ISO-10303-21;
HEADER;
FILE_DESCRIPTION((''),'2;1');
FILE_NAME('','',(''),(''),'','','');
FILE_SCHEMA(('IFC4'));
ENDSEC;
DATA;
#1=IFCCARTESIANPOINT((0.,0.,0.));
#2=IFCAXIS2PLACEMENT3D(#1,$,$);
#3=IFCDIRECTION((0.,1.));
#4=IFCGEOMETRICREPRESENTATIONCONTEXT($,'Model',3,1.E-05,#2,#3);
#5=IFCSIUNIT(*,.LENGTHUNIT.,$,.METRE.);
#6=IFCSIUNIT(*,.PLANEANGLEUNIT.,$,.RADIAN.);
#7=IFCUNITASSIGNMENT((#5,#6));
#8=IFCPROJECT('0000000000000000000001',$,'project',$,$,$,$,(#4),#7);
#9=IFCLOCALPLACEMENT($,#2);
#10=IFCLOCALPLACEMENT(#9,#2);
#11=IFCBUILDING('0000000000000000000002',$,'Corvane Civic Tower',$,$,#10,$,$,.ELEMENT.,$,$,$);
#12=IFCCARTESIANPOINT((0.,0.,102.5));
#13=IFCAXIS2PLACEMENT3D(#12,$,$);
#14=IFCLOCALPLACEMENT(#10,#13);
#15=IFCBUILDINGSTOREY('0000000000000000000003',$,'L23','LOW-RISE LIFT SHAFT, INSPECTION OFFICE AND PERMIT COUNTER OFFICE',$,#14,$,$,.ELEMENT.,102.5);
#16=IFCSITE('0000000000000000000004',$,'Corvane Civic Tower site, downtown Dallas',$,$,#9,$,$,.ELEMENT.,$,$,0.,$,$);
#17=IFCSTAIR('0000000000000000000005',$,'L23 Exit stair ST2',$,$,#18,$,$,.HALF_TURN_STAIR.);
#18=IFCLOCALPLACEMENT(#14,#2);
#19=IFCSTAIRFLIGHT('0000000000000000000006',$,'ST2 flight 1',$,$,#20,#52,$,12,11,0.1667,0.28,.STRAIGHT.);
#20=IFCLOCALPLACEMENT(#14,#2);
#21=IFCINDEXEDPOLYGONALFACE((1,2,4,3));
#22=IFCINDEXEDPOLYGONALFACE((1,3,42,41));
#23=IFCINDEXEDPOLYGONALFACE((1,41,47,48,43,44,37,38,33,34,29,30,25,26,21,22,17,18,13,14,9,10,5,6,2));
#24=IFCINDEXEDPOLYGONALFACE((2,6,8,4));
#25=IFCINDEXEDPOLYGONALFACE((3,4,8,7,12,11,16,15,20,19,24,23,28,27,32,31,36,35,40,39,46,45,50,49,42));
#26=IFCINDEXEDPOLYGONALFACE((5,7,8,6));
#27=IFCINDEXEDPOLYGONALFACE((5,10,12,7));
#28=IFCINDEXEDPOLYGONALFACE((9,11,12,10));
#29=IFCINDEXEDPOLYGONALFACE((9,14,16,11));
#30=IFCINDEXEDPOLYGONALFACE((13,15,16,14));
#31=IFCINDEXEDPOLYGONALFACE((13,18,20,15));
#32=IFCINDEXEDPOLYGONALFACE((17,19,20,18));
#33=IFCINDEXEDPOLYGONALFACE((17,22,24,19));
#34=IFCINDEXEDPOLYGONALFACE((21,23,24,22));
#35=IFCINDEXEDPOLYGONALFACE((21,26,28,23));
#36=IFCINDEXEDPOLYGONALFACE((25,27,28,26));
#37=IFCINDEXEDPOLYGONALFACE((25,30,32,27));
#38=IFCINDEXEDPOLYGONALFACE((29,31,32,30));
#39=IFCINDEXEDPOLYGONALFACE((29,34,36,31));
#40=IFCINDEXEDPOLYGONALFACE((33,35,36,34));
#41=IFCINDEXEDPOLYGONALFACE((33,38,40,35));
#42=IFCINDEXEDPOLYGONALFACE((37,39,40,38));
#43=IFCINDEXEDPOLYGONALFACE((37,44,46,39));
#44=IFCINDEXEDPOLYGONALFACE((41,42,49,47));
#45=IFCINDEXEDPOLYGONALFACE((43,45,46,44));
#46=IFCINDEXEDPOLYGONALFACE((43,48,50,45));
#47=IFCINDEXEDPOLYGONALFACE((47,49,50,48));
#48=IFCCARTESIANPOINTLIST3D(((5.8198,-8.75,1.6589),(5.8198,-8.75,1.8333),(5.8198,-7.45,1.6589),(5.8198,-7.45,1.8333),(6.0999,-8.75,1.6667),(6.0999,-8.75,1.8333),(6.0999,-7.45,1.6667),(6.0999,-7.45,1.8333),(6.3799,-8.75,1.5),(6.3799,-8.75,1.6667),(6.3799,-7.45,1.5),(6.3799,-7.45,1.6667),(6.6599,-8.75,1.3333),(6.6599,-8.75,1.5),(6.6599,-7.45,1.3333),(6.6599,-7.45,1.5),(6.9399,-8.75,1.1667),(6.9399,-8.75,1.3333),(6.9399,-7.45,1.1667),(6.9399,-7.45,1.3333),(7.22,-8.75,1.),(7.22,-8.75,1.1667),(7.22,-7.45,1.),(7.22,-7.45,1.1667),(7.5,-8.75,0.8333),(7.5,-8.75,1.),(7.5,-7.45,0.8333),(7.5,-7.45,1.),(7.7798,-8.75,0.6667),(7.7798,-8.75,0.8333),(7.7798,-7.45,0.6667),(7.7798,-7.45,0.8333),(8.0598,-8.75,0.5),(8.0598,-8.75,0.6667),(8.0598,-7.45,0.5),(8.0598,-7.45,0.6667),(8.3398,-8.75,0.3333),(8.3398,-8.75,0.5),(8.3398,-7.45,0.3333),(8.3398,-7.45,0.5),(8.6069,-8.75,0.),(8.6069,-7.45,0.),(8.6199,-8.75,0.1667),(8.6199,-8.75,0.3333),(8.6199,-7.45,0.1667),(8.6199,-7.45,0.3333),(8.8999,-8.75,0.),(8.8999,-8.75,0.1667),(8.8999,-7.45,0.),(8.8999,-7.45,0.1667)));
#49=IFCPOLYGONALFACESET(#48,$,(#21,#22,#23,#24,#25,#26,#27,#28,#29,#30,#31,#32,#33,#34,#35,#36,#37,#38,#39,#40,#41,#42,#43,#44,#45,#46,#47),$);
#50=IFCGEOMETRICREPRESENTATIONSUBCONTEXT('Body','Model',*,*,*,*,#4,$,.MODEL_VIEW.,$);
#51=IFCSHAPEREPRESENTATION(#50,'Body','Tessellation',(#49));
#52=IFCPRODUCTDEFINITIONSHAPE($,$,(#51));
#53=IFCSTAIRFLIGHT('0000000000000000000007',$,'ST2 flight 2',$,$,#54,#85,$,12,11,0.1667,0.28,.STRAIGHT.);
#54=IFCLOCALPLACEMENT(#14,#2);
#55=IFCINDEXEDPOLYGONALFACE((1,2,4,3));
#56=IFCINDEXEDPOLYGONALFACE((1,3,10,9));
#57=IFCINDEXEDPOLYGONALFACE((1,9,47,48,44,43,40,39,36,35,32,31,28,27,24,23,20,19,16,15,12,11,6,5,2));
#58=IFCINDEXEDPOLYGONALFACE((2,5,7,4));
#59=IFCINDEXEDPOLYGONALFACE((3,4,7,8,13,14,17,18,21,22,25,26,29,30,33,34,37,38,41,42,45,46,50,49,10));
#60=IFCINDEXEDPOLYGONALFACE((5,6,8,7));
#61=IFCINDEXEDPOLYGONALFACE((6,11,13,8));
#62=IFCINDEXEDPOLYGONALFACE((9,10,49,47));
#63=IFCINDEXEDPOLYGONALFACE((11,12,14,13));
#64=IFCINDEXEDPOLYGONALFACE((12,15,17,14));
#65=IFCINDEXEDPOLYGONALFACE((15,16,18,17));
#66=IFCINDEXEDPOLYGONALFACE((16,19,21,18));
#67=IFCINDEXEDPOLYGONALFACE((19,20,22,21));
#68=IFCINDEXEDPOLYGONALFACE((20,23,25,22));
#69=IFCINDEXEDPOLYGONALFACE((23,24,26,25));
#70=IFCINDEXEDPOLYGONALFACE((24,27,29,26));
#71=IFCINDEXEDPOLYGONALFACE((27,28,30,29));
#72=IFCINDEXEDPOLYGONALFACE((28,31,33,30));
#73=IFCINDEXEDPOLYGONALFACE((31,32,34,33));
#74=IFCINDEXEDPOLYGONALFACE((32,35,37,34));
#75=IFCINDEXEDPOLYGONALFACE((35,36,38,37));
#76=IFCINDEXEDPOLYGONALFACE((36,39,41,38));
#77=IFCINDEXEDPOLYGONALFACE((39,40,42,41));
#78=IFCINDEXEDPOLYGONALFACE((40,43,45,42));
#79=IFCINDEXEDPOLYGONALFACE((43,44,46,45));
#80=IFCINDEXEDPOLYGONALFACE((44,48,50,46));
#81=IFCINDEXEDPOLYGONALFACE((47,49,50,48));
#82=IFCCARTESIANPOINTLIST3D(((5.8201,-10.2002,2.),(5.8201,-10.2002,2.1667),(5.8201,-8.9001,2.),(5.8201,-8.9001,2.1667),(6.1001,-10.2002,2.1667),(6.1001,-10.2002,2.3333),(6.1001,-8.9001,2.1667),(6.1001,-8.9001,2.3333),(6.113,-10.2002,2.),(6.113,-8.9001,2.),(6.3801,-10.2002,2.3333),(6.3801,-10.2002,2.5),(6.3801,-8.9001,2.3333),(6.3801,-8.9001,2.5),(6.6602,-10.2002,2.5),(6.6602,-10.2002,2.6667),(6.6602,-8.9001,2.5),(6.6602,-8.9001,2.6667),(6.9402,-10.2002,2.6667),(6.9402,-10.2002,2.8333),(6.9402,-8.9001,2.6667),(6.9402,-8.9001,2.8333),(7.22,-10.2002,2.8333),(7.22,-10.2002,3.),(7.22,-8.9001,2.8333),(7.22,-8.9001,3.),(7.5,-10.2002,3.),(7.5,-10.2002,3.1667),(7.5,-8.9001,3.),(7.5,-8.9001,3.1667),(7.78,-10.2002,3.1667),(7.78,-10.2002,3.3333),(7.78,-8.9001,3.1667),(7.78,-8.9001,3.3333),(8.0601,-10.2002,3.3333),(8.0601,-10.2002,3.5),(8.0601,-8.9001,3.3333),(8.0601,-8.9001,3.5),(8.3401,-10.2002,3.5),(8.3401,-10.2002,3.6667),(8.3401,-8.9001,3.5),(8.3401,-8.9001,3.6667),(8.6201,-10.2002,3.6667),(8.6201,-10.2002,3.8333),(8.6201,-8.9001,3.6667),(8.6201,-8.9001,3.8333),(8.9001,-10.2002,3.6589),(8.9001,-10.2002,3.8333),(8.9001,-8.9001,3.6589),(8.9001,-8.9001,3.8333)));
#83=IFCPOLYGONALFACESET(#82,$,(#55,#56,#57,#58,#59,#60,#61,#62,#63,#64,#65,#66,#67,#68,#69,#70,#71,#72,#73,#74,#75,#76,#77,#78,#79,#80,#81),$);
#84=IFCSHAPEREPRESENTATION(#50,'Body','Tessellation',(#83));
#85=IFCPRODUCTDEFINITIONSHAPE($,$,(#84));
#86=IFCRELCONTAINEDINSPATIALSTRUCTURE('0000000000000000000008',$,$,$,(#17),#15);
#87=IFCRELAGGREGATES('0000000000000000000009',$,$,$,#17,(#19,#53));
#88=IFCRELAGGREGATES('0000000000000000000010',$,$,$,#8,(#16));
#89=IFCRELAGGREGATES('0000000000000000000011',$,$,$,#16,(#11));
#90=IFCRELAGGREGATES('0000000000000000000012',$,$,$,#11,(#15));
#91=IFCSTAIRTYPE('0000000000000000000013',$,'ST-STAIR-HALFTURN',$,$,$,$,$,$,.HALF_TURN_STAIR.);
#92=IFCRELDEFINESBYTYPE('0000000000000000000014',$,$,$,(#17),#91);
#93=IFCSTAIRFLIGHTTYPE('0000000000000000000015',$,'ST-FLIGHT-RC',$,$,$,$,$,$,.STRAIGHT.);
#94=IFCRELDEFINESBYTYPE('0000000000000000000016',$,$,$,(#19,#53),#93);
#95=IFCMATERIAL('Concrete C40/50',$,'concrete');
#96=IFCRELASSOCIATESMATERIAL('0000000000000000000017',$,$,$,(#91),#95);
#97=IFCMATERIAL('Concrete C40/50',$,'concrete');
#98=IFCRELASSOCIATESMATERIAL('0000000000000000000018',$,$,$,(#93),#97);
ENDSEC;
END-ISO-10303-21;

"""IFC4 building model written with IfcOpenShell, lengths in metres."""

from ifc_helpers import new_model, si_unit, direction, frame, origin, place, context, subcontext, project, spatial, polyline, outline, extrude, material, type_object, element, aggregate, save


model = new_model("IFC4")

# Units and contexts
model_context = context("Model", 3, precision=1e-05, world=origin(), true_north=direction((0.0, 1.0)))
body_context = subcontext(model_context, "Body", "Model", "MODEL_VIEW")
ifc_project = project(units=[si_unit("LENGTHUNIT", "METRE"), si_unit("PLANEANGLEUNIT", "RADIAN")], contexts=[model_context])

# Site, building, storey
site_placement = place(None, origin())
site = spatial("IfcSite", under=ifc_project, at=site_placement, Name="Corvane Civic Tower site, downtown Dallas", CompositionType="ELEMENT", RefElevation=0.0)
building_placement = place(site_placement, origin())
building = spatial("IfcBuilding", under=site, at=building_placement, Name="Corvane Civic Tower", CompositionType="ELEMENT")
storey_placement = place(building_placement, frame((0.0, 0.0, 102.5)))
storey = spatial("IfcBuildingStorey", under=building, at=storey_placement, Name="L23", Description="LOW-RISE LIFT SHAFT, INSPECTION OFFICE AND PERMIT COUNTER OFFICE", CompositionType="ELEMENT", Elevation=102.5)

# Stair
ifc_material_1 = material(Name="Concrete C40/50", Category="concrete")
stair_type = type_object("IfcStairType", Name="ST-STAIR-HALFTURN", PredefinedType="HALF_TURN_STAIR", material=ifc_material_1)
stair_1_placement = place(storey_placement, origin())
stair_1 = element("IfcStair", 1, at=stair_1_placement, inside=storey, type_object=stair_type, Name="L23 Exit stair ST2", PredefinedType="HALF_TURN_STAIR")

# Stair flights
ifc_material_2 = material(Name="Concrete C40/50", Category="concrete")
stair_flight_type = type_object("IfcStairFlightType", Name="ST-FLIGHT-RC", PredefinedType="STRAIGHT", material=ifc_material_2)
stair_flight_1_placement = place(storey_placement, frame((8.8999, -8.1001, 0.0), z_axis=(0.0, 0.0, 1.0), x_axis=(-1.0, 0.0, 0.0)))
stair_flight_1 = element("IfcStairFlight", 2, at=stair_flight_1_placement, type_object=stair_flight_type, Name="ST2 flight 1", NumberOfRisers=12, NumberOfTreads=11, PredefinedType="STRAIGHT", RiserHeight=0.1667, TreadLength=0.28, context=body_context, shape_type="SweptSolid", body=[
    extrude(outline(polyline([(0.0, 0.0), (0.0, 0.1667), (0.28, 0.1667), (0.28, 0.3333), (0.5601, 0.3333), (0.5601, 0.5), (0.8401, 0.5), (0.8401, 0.6667), (1.1201, 0.6667), (1.1201, 0.8333), (1.3999, 0.8333), (1.3999, 1.0), (1.6799, 1.0), (1.6799, 1.1667), (1.96, 1.1667), (1.96, 1.3333), (2.24, 1.3333), (2.24, 1.5), (2.52, 1.5), (2.52, 1.6667), (2.8, 1.6667), (2.8, 1.8333), (3.0801, 1.8333), (3.0801, 2.0), (3.0801, 1.6589), (0.293, 0.0), (0.0, 0.0)])), frame((0.0, 0.6499, 0.0), z_axis=(0.0, -1.0, 0.0), x_axis=(1.0, 0.0, 0.0)), (0.0, 0.0, 1.0), 1.3),
])
stair_flight_2_placement = place(storey_placement, frame((5.8201, -9.55, 2.0), z_axis=(0.0, 0.0, 1.0), x_axis=(1.0, 0.0, 0.0)))
stair_flight_2 = element("IfcStairFlight", 3, at=stair_flight_2_placement, type_object=stair_flight_type, Name="ST2 flight 2", NumberOfRisers=12, NumberOfTreads=11, PredefinedType="STRAIGHT", RiserHeight=0.1667, TreadLength=0.28, context=body_context, shape_type="SweptSolid", body=[
    extrude(outline(polyline([(0.0, 0.0), (0.0, 0.1667), (0.28, 0.1667), (0.28, 0.3333), (0.5601, 0.3333), (0.5601, 0.5), (0.8401, 0.5), (0.8401, 0.6667), (1.1201, 0.6667), (1.1201, 0.8333), (1.3999, 0.8333), (1.3999, 1.0), (1.6799, 1.0), (1.6799, 1.1667), (1.96, 1.1667), (1.96, 1.3333), (2.24, 1.3333), (2.24, 1.5), (2.52, 1.5), (2.52, 1.6667), (2.8, 1.6667), (2.8, 1.8333), (3.0801, 1.8333), (3.0801, 2.0), (3.0801, 1.6589), (0.293, 0.0), (0.0, 0.0)])), frame((0.0, 0.6499, 0.0), z_axis=(0.0, -1.0, 0.0), x_axis=(1.0, 0.0, 0.0)), (0.0, 0.0, 1.0), 1.3),
])
aggregate(stair_1, [stair_flight_1, stair_flight_2])

save(model, "model.ifc")
